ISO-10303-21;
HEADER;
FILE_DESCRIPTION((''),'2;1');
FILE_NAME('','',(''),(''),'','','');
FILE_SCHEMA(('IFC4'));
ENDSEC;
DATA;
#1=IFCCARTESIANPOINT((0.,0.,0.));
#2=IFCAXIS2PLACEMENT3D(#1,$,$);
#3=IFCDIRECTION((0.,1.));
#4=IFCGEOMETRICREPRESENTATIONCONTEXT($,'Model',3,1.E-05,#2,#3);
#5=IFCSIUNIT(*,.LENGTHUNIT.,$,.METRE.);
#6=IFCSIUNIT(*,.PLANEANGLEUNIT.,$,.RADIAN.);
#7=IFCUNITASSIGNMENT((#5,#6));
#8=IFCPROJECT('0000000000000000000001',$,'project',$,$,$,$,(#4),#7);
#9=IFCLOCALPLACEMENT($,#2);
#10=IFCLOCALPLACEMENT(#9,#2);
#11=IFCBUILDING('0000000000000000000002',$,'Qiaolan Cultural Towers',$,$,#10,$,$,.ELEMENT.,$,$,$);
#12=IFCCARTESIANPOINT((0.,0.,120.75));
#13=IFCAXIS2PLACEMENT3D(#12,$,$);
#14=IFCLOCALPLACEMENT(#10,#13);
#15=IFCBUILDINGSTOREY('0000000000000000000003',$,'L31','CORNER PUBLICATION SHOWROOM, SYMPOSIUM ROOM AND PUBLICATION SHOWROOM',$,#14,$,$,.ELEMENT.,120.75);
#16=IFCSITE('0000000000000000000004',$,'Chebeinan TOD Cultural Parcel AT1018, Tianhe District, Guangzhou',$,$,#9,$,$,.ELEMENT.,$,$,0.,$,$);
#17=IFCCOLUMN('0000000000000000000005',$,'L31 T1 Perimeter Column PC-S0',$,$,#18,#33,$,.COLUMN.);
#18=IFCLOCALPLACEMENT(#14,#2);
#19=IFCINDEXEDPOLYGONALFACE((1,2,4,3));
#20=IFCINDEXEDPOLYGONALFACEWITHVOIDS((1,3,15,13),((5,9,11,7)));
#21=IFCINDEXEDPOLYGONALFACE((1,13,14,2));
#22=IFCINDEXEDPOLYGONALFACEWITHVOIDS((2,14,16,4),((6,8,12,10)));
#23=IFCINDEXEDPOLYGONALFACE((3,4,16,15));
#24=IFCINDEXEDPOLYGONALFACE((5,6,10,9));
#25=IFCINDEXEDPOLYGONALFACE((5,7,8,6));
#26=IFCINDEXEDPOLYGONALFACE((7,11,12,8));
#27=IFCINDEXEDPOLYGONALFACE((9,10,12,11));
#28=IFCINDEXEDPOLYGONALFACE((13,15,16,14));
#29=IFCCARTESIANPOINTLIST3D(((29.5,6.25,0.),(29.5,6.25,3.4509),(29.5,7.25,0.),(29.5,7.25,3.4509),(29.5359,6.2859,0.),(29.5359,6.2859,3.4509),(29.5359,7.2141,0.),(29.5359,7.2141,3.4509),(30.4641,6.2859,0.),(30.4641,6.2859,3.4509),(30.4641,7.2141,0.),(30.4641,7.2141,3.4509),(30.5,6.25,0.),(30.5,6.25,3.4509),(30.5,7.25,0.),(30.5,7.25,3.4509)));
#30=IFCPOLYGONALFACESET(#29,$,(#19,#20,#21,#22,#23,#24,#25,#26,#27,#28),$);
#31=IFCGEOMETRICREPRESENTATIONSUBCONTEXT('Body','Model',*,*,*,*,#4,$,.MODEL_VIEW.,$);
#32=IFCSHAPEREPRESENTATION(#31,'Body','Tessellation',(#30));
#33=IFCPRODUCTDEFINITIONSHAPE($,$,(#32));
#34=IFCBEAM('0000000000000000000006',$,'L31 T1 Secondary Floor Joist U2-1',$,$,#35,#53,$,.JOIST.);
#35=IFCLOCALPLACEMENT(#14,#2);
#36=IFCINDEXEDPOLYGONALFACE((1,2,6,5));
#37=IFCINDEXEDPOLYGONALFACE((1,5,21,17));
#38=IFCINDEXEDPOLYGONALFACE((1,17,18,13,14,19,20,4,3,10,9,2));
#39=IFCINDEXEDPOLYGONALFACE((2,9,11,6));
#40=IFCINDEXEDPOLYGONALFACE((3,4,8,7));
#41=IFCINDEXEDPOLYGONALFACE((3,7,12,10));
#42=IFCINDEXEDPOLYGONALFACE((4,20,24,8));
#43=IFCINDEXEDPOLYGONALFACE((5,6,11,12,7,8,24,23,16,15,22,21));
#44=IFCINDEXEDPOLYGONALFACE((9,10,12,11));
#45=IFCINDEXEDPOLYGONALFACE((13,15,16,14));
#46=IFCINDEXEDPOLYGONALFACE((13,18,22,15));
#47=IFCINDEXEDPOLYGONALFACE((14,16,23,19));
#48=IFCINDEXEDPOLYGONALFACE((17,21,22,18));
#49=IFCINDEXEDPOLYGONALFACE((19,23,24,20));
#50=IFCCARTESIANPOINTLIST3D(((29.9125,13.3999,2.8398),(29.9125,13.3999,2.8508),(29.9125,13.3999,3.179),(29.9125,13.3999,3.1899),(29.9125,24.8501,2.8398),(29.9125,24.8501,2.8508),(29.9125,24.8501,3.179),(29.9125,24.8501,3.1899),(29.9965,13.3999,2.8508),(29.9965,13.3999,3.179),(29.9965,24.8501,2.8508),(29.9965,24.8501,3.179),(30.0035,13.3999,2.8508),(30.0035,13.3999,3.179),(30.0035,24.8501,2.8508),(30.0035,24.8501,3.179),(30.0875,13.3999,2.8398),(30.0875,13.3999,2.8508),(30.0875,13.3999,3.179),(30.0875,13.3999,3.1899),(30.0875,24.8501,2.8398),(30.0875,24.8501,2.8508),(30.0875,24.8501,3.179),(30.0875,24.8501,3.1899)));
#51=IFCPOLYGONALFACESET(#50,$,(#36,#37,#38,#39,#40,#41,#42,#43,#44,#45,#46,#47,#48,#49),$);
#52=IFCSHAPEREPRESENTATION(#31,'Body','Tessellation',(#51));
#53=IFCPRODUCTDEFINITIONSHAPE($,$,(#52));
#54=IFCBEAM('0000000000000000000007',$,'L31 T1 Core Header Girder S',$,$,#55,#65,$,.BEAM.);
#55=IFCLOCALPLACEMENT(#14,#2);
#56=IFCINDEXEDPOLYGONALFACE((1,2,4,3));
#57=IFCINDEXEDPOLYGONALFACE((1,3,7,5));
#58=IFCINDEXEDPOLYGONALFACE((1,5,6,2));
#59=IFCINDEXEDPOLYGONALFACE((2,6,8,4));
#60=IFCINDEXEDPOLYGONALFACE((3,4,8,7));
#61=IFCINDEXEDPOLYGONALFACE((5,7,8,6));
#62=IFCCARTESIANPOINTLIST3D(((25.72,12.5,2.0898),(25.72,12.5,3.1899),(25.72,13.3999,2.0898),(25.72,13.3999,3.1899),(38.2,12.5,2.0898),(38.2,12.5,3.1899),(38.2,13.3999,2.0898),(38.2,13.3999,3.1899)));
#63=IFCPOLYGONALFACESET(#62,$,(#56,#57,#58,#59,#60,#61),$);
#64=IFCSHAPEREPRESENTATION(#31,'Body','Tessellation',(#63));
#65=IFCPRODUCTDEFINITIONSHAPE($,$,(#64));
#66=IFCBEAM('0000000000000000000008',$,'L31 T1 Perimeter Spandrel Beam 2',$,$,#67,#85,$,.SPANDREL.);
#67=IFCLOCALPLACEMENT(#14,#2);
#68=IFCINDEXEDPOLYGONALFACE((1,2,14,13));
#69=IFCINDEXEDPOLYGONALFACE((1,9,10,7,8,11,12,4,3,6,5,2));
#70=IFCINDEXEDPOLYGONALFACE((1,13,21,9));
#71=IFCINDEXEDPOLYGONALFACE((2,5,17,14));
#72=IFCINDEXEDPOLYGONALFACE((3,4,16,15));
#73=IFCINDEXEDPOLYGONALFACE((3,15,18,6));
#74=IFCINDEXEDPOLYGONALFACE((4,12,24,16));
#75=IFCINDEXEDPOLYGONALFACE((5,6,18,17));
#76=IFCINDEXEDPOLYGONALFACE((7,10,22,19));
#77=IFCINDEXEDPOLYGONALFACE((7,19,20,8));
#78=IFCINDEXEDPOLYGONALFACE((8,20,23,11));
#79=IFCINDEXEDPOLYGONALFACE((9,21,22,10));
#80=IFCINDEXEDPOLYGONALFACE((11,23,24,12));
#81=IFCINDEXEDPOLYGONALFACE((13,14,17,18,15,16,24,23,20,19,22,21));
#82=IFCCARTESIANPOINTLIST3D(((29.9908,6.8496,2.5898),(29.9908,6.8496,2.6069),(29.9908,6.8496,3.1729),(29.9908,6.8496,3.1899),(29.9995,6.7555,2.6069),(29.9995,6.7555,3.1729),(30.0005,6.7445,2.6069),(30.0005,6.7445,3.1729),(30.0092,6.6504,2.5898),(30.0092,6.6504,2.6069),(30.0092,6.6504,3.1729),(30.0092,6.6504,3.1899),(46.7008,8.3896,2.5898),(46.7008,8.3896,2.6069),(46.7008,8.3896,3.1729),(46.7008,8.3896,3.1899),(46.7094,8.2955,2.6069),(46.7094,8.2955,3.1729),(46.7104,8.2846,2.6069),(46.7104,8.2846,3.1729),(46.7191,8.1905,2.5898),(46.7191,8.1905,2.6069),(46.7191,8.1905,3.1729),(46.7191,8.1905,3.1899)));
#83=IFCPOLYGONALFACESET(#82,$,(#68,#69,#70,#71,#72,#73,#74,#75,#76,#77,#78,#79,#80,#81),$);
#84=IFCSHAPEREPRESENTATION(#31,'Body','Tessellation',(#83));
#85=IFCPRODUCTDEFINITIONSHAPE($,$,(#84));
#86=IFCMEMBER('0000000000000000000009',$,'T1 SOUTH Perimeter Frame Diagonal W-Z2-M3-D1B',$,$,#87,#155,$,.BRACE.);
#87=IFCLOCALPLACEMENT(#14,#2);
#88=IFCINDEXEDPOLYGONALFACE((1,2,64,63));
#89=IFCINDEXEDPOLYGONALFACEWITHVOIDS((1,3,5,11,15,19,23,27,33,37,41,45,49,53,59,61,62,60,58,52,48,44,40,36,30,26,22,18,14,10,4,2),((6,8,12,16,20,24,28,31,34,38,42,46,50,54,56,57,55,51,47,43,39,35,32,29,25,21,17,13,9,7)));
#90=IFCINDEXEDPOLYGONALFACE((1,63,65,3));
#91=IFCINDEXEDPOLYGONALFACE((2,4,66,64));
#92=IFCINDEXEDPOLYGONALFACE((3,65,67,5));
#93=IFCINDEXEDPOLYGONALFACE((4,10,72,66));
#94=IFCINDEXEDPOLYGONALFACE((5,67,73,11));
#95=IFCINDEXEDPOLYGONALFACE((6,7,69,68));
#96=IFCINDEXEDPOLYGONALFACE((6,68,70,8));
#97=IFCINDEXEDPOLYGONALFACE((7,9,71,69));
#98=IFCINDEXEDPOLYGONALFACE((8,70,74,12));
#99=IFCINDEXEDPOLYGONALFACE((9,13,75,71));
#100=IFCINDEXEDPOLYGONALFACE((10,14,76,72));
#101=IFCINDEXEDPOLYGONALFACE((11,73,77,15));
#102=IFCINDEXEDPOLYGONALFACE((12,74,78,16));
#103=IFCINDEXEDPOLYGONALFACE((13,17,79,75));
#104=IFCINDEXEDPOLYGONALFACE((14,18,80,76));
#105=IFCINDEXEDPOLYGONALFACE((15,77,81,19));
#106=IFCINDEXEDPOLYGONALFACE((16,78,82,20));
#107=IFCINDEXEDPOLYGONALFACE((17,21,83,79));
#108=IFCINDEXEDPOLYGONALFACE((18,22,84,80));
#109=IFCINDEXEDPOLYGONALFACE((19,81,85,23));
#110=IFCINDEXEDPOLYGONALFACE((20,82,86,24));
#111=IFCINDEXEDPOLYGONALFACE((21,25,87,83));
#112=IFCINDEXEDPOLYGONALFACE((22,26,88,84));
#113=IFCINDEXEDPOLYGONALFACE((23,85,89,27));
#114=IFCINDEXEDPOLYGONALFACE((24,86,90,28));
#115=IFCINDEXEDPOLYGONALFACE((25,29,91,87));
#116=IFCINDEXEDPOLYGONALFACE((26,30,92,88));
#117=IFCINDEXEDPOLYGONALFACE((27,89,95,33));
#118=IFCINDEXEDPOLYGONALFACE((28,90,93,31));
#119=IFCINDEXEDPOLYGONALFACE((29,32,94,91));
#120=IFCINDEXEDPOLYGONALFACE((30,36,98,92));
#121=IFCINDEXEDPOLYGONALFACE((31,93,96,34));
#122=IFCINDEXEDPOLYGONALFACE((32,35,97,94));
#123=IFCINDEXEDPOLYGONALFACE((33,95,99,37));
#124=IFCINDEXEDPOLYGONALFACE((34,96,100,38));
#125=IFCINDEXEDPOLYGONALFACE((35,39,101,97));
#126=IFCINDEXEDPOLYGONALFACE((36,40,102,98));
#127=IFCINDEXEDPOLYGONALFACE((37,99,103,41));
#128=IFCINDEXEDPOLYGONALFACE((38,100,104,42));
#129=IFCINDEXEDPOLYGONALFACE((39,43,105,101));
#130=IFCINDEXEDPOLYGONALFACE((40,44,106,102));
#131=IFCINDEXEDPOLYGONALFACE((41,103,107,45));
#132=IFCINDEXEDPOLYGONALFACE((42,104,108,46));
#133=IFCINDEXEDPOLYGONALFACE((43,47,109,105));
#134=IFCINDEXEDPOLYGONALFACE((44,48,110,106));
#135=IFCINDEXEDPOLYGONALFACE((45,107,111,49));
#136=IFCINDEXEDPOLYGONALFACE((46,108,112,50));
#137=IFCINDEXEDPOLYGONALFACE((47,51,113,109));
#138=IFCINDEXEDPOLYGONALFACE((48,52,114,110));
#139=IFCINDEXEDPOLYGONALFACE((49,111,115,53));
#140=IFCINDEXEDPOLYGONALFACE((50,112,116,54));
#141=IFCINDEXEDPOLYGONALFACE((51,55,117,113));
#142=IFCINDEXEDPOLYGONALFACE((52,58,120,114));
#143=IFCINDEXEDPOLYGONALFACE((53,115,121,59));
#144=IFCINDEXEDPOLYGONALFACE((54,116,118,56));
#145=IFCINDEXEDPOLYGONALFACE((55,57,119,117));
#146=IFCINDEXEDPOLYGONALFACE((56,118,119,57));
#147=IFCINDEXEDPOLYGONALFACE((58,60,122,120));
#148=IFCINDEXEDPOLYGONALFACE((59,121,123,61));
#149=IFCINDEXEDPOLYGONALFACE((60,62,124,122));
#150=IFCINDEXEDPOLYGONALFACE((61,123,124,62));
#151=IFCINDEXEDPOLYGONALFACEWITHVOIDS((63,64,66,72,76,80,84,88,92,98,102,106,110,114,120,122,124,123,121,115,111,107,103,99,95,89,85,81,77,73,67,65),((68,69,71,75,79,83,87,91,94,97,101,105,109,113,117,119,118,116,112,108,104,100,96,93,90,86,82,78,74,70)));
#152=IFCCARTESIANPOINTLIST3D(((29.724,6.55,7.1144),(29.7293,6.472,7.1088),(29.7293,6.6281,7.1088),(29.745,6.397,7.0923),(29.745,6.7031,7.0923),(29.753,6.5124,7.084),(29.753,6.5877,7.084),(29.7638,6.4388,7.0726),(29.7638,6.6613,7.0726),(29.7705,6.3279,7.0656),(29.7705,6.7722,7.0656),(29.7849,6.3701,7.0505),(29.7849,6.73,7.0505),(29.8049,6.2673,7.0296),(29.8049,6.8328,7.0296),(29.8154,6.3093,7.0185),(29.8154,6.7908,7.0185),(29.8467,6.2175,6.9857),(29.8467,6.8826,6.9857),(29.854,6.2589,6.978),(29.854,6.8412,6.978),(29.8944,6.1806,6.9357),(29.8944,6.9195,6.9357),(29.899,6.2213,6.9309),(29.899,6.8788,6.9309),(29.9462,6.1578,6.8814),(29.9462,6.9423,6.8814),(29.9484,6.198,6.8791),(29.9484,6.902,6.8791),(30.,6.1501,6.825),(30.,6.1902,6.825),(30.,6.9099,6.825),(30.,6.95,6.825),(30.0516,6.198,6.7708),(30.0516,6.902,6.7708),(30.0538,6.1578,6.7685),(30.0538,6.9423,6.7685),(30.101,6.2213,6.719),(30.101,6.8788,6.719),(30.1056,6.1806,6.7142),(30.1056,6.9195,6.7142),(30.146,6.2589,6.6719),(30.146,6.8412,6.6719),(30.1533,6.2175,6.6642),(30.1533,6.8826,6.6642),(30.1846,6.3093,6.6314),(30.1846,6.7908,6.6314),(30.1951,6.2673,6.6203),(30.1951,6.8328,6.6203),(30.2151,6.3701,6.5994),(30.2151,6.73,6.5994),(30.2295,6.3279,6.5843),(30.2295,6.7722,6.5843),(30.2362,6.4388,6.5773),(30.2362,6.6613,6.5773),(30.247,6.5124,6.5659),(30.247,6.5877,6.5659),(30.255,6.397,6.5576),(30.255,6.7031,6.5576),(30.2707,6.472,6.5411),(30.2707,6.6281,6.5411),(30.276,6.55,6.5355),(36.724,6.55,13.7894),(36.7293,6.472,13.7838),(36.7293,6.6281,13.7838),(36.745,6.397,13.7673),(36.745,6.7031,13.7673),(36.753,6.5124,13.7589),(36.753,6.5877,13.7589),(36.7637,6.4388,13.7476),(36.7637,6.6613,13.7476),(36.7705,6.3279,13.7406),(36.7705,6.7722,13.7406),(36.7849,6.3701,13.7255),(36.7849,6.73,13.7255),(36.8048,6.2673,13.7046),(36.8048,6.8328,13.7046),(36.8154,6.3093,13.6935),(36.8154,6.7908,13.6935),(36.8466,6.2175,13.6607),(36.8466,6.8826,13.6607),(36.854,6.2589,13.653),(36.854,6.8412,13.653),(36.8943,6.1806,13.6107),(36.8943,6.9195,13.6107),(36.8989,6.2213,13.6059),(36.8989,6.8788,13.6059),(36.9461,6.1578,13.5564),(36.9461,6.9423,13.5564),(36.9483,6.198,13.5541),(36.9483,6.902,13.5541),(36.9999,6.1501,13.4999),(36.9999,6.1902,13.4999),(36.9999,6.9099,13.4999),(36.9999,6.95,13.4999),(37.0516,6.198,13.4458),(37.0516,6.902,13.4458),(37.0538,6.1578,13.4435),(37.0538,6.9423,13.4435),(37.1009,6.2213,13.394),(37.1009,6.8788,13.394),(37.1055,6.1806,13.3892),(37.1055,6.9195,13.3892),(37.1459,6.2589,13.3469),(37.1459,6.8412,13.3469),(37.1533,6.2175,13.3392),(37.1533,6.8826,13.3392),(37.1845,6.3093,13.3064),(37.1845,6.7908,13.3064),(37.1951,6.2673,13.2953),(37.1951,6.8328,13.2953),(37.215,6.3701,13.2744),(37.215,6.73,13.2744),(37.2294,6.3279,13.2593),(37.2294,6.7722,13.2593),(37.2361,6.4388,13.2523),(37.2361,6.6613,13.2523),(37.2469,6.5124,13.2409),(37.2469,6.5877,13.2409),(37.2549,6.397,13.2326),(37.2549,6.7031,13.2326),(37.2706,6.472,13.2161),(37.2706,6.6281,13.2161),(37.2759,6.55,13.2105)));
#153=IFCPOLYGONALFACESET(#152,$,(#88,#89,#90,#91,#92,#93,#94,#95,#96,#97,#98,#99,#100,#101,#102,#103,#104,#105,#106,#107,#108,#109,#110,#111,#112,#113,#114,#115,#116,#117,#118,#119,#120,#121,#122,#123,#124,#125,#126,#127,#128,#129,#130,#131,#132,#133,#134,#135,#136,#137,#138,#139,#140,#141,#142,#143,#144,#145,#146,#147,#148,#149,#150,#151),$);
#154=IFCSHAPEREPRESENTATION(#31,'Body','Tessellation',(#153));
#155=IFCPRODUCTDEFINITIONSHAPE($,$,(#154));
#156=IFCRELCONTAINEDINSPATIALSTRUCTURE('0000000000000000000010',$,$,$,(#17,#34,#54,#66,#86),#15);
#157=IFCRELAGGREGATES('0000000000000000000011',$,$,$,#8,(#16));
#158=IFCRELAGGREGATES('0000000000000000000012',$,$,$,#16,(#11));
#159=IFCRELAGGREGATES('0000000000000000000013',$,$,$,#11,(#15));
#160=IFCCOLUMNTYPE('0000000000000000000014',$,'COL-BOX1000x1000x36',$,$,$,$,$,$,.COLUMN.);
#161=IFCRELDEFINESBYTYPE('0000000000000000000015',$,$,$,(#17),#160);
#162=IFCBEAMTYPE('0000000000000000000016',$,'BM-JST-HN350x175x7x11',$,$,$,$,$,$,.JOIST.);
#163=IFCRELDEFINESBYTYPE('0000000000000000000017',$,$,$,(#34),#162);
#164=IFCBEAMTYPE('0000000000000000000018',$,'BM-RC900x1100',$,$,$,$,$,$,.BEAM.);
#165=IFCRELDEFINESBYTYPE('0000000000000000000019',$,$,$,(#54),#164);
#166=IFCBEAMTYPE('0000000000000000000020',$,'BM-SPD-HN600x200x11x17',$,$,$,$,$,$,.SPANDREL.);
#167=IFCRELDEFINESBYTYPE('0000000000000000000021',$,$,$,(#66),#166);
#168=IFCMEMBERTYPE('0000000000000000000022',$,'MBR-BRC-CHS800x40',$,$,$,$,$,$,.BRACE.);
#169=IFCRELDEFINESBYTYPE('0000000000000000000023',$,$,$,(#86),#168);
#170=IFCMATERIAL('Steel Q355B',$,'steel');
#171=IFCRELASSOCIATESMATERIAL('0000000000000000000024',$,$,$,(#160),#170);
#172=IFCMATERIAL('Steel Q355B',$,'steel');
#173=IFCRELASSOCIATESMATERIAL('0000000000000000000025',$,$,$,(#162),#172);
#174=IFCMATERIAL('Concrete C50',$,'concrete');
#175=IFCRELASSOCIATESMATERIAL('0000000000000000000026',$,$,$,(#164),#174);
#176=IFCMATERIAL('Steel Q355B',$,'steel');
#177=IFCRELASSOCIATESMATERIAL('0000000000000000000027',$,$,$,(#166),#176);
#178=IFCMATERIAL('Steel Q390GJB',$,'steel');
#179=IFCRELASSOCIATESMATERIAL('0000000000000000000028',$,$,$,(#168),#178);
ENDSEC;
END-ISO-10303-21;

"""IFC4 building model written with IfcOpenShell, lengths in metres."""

from ifc_helpers import new_model, si_unit, direction, frame, origin, origin_2d, place, context, subcontext, project, spatial, rectangle, hollow_rectangle, hollow_circle, i_section, extrude, material, material_profile, profile_set, type_object, element, save


model = new_model("IFC4")

# Units and contexts
model_context = context("Model", 3, precision=1e-05, world=origin(), true_north=direction((0.0, 1.0)))
body_context = subcontext(model_context, "Body", "Model", "MODEL_VIEW")
ifc_project = project(units=[si_unit("LENGTHUNIT", "METRE"), si_unit("PLANEANGLEUNIT", "RADIAN")], contexts=[model_context])

# Site, building, storey
site_placement = place(None, origin())
site = spatial("IfcSite", under=ifc_project, at=site_placement, Name="Chebeinan TOD Cultural Parcel AT1018, Tianhe District, Guangzhou", CompositionType="ELEMENT", RefElevation=0.0)
building_placement = place(site_placement, origin())
building = spatial("IfcBuilding", under=site, at=building_placement, Name="Qiaolan Cultural Towers", CompositionType="ELEMENT")
storey_placement = place(building_placement, frame((0.0, 0.0, 120.75)))
storey = spatial("IfcBuildingStorey", under=building, at=storey_placement, Name="L31", Description="CORNER PUBLICATION SHOWROOM, SYMPOSIUM ROOM AND PUBLICATION SHOWROOM", CompositionType="ELEMENT", Elevation=120.75)

# Column
ifc_material_1 = material(Name="Steel Q355B", Category="steel")
ifc_material_profile_1 = material_profile(ifc_material_1, hollow_rectangle(XDim=1.0, YDim=1.0, WallThickness=0.0359, at=origin_2d()), Name="BOX1000x1000x36")
ifc_profile_set_1 = profile_set([ifc_material_profile_1], Name="Steel Q355B")
column_type = type_object("IfcColumnType", Name="COL-BOX1000x1000x36", PredefinedType="COLUMN", material=ifc_profile_set_1)
column_placement = place(storey_placement, frame((30.0, 6.75, 0.0), z_axis=(0.0, 0.0, 1.0), x_axis=(1.0, 0.0, 0.0)))
element("IfcColumn", 1, at=column_placement, inside=storey, type_object=column_type, Name="L31 T1 Perimeter Column PC-S0", PredefinedType="COLUMN", context=body_context, shape_type="SweptSolid", body=[
    extrude(hollow_rectangle(XDim=1.0, YDim=1.0, WallThickness=0.0359, at=origin_2d()), origin(), (0.0, 0.0, 1.0), 3.4509),
])

# Beams
ifc_material_2 = material(Name="Steel Q355B", Category="steel")
ifc_material_profile_2 = material_profile(ifc_material_2, i_section(OverallWidth=0.175, OverallDepth=0.3501, WebThickness=0.0071, FlangeThickness=0.011, at=origin_2d()), Name="HN350x175x7x11")
ifc_profile_set_2 = profile_set([ifc_material_profile_2], Name="Steel Q355B")
beam_type_1 = type_object("IfcBeamType", Name="BM-JST-HN350x175x7x11", PredefinedType="JOIST", material=ifc_profile_set_2)
beam_1_placement = place(storey_placement, frame((30.0, 13.3999, 3.0149), z_axis=(0.0, 1.0, 0.0), x_axis=(-1.0, 0.0, 0.0)))
element("IfcBeam", 2, at=beam_1_placement, inside=storey, type_object=beam_type_1, Name="L31 T1 Secondary Floor Joist U2-1", PredefinedType="JOIST", context=body_context, shape_type="SweptSolid", body=[
    extrude(i_section(OverallWidth=0.175, OverallDepth=0.3501, WebThickness=0.0071, FlangeThickness=0.011, at=origin_2d()), origin(), (0.0, 0.0, 1.0), 11.4502),
])
ifc_material_3 = material(Name="Concrete C50", Category="concrete")
ifc_material_profile_3 = material_profile(ifc_material_3, rectangle(XDim=0.8999, YDim=1.1001, at=origin_2d()), Name="RC900x1100")
ifc_profile_set_3 = profile_set([ifc_material_profile_3], Name="Concrete C50")
beam_type_2 = type_object("IfcBeamType", Name="BM-RC900x1100", PredefinedType="BEAM", material=ifc_profile_set_3)
beam_2_placement = place(storey_placement, frame((25.72, 12.95, 2.6399), z_axis=(1.0, 0.0, 0.0), x_axis=(0.0, 1.0, 0.0)))
element("IfcBeam", 3, at=beam_2_placement, inside=storey, type_object=beam_type_2, Name="L31 T1 Core Header Girder S", PredefinedType="BEAM", context=body_context, shape_type="SweptSolid", body=[
    extrude(rectangle(XDim=0.8999, YDim=1.1001, at=origin_2d()), origin(), (0.0, 0.0, 1.0), 12.48),
])
ifc_material_4 = material(Name="Steel Q355B", Category="steel")
ifc_material_profile_4 = material_profile(ifc_material_4, i_section(OverallWidth=0.2, OverallDepth=0.6001, WebThickness=0.011, FlangeThickness=0.0171, at=origin_2d()), Name="HN600x200x11x17")
ifc_profile_set_4 = profile_set([ifc_material_profile_4], Name="Steel Q355B")
beam_type_3 = type_object("IfcBeamType", Name="BM-SPD-HN600x200x11x17", PredefinedType="SPANDREL", material=ifc_profile_set_4)
beam_3_placement = place(storey_placement, frame((30.0, 6.75, 2.8899), z_axis=(0.99578, 0.091774, 0.0), x_axis=(-0.091774, 0.99578, 0.0)))
element("IfcBeam", 4, at=beam_3_placement, inside=storey, type_object=beam_type_3, Name="L31 T1 Perimeter Spandrel Beam 2", PredefinedType="SPANDREL", context=body_context, shape_type="SweptSolid", body=[
    extrude(i_section(OverallWidth=0.2, OverallDepth=0.6001, WebThickness=0.011, FlangeThickness=0.0171, at=origin_2d()), origin(), (0.0, 0.0, 1.0), 16.7808),
])

# Member
ifc_material_5 = material(Name="Steel Q390GJB", Category="steel")
ifc_material_profile_5 = material_profile(ifc_material_5, hollow_circle(Radius=0.3999, WallThickness=0.04, at=origin_2d()), Name="CHS800x40")
ifc_profile_set_5 = profile_set([ifc_material_profile_5], Name="Steel Q390GJB")
member_type = type_object("IfcMemberType", Name="MBR-BRC-CHS800x40", PredefinedType="BRACE", material=ifc_profile_set_5)
for number, where, z_axis, x_axis, name in (
    (5, (30.0, 6.55, 6.825), (0.723705, 0.0, 0.690109), (0.0, 1.0, 0.0), "T1 SOUTH Perimeter Frame Diagonal W-Z2-M3-D1B"),
):
    element("IfcMember", number, at=place(storey_placement, frame(where, z_axis=z_axis, x_axis=x_axis)), inside=storey, type_object=member_type, Name=name, PredefinedType="BRACE", context=body_context, shape_type="SweptSolid", body=[
        extrude(hollow_circle(Radius=0.3999, WallThickness=0.04, at=origin_2d()), origin(), (0.0, 0.0, 1.0), 9.6724),
    ])

save(model, "model.ifc")
